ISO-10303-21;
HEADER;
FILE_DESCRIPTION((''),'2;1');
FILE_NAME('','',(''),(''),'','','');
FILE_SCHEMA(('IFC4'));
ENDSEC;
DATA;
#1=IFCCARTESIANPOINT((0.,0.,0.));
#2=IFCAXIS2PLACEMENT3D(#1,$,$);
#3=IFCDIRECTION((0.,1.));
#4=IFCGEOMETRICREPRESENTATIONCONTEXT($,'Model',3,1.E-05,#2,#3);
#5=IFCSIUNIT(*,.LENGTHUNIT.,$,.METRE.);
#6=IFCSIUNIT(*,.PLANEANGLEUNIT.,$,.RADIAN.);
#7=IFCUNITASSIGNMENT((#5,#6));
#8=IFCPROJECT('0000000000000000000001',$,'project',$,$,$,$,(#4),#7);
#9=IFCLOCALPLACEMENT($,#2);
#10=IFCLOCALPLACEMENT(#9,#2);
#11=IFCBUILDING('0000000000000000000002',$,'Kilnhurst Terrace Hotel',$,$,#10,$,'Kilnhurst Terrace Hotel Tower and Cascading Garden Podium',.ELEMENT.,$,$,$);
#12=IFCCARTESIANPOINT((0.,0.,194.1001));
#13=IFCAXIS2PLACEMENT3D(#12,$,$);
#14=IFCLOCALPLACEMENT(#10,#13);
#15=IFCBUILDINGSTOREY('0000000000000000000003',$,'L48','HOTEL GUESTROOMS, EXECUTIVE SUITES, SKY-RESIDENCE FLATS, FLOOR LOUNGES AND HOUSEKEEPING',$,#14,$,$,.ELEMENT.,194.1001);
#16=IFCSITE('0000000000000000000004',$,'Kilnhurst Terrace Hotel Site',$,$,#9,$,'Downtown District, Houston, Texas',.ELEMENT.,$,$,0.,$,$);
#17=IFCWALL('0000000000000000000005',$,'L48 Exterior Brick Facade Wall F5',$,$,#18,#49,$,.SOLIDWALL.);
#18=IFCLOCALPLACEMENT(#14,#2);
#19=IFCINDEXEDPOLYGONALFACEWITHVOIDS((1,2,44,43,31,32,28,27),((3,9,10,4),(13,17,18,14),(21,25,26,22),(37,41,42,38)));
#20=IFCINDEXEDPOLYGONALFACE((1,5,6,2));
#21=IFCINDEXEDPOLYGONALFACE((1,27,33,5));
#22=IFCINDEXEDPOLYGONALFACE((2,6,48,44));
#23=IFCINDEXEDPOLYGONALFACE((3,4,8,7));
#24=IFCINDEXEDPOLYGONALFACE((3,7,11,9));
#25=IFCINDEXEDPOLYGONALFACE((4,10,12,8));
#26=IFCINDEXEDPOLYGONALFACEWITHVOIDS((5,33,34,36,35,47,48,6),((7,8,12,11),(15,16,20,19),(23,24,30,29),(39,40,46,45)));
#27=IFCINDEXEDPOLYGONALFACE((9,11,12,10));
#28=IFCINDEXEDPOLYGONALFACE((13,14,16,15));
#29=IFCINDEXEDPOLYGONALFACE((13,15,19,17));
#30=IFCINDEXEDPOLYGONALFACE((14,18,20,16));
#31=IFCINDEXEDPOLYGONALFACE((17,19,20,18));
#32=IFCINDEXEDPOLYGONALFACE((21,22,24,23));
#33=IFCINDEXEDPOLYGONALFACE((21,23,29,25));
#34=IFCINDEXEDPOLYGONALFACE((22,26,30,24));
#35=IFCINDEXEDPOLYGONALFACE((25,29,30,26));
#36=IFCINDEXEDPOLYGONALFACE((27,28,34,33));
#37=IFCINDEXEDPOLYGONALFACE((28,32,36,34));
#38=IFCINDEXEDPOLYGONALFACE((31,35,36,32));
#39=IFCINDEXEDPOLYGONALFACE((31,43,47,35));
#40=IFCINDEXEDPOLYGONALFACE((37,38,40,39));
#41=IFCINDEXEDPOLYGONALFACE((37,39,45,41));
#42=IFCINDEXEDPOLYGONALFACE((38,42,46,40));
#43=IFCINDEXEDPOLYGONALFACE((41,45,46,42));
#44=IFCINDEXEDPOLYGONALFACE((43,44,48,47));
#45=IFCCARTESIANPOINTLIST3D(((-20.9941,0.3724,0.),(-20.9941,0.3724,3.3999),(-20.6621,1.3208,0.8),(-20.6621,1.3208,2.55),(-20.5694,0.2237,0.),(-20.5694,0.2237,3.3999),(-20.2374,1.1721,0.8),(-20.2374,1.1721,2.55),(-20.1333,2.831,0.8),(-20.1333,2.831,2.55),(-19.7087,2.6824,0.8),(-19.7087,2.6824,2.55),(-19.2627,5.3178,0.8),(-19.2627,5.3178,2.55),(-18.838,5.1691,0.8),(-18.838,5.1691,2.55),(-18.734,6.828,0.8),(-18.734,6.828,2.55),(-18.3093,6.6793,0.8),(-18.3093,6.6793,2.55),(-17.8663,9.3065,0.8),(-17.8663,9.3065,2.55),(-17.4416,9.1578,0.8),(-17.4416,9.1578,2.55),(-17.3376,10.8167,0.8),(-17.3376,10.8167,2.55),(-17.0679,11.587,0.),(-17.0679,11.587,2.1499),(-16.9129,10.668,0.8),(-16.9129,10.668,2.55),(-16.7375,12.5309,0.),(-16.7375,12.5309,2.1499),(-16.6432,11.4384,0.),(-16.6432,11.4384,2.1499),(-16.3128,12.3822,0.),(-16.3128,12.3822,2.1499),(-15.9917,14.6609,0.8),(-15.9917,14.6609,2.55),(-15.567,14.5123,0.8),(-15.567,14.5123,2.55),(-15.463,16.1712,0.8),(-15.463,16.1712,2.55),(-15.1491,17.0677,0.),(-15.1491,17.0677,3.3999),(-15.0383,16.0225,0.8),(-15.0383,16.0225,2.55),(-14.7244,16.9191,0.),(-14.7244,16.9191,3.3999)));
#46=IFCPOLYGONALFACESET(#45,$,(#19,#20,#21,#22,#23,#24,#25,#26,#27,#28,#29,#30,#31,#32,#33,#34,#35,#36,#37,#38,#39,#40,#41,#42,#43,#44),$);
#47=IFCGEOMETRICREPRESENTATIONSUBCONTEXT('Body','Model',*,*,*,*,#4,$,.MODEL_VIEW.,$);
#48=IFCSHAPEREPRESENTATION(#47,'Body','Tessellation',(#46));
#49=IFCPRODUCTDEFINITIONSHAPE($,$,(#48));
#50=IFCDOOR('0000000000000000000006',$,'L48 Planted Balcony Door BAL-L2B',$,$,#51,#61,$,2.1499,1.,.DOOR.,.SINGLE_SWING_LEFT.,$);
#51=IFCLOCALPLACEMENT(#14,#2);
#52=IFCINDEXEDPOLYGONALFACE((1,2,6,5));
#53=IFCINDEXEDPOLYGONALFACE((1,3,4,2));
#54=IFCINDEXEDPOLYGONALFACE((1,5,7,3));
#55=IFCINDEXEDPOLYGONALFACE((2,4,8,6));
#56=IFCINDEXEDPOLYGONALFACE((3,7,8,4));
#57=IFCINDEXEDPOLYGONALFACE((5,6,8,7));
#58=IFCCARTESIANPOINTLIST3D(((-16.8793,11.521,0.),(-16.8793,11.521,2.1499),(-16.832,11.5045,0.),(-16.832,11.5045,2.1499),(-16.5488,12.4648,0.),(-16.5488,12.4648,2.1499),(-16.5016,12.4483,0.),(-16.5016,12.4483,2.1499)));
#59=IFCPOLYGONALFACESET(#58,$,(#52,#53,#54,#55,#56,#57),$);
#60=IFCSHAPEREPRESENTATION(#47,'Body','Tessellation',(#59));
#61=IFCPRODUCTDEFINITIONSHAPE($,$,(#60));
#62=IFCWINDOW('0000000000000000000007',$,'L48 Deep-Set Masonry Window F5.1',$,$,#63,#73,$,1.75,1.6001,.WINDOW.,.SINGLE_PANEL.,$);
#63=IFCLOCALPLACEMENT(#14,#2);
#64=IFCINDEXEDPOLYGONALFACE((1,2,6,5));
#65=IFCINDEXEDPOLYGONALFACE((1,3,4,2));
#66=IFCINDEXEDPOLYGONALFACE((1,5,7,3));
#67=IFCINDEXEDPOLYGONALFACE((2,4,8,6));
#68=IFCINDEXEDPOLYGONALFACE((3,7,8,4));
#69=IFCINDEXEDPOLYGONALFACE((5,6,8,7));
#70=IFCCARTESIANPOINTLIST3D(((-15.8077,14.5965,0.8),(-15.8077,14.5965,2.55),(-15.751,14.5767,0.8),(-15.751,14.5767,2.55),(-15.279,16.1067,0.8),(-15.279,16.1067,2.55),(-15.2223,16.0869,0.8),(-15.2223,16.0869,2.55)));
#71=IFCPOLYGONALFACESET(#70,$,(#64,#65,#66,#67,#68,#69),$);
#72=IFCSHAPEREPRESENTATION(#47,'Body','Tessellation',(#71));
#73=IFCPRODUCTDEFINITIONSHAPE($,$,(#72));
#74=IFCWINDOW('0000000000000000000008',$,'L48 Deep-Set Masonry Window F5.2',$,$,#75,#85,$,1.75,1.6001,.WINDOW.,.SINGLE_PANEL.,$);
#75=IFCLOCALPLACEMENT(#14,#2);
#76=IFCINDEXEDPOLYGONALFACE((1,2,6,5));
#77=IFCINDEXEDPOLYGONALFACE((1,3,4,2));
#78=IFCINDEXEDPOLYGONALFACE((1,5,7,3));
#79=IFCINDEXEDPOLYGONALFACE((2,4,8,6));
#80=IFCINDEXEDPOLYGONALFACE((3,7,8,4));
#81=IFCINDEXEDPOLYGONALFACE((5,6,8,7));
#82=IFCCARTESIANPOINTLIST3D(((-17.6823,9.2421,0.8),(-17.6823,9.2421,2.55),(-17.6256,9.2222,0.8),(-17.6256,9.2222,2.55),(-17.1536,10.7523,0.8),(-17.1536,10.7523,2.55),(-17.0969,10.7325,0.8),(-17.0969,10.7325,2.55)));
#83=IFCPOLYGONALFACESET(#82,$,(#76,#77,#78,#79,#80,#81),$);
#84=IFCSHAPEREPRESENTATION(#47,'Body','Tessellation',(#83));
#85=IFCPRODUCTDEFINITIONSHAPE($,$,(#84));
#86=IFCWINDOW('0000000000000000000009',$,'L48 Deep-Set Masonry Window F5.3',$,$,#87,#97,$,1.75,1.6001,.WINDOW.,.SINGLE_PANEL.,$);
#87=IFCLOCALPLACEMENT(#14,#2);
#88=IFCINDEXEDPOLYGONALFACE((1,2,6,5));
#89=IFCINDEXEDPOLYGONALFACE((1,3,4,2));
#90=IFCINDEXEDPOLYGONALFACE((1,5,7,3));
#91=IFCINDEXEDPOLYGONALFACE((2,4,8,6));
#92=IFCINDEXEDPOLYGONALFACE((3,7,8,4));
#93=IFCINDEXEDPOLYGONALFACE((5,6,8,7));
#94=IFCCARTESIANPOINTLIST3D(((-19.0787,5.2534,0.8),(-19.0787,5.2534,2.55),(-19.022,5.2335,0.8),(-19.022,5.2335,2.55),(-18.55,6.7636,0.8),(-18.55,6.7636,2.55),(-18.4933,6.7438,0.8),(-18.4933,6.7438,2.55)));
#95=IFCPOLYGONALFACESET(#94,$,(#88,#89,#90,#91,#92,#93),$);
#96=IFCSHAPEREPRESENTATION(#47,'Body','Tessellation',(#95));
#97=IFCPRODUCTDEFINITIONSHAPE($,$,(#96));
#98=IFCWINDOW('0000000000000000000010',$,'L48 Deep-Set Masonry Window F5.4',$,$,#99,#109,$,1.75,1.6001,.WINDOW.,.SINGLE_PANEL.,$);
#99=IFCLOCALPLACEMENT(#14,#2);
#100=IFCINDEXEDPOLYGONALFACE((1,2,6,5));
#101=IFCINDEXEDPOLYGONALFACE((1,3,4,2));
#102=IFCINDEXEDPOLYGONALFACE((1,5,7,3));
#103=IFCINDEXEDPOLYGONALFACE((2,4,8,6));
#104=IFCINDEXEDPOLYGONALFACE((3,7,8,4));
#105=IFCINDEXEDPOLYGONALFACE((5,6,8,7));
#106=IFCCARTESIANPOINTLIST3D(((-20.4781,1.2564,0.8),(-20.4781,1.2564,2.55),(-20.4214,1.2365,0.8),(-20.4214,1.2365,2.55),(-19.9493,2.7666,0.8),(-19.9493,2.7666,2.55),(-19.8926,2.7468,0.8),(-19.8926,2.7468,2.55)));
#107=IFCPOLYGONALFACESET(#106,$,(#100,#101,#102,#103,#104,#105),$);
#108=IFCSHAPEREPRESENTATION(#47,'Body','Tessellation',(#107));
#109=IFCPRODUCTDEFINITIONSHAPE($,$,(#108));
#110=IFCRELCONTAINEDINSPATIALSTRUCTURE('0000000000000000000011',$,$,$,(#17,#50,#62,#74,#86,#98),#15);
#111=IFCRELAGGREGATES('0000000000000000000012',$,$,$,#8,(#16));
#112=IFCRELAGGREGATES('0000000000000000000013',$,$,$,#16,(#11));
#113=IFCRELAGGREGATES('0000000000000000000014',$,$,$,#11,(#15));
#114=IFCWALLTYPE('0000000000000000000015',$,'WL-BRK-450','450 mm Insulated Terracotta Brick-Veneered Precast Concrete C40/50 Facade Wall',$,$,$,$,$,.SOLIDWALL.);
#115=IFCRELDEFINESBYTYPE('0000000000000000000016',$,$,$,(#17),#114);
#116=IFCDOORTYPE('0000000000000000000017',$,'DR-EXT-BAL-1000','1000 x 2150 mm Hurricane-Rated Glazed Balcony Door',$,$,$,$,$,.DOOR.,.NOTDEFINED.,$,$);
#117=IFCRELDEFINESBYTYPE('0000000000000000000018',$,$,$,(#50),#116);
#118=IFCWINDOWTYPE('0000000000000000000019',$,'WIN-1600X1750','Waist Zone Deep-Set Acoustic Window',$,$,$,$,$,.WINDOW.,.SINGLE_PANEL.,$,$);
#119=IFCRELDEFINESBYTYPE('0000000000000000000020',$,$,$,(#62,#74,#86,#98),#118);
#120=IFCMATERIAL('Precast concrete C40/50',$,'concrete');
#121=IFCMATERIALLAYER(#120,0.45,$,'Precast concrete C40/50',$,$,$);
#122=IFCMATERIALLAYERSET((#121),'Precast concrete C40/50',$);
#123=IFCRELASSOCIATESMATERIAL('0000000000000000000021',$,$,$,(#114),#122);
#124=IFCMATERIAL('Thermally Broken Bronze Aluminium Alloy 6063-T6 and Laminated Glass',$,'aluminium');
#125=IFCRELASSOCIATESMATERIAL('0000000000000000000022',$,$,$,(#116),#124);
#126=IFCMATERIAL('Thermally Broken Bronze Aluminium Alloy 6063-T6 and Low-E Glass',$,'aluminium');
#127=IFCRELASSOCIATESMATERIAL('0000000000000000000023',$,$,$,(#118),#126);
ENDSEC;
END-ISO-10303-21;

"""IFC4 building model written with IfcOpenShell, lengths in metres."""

from ifc_helpers import new_model, si_unit, direction, frame, frame_2d, origin, place, context, subcontext, project, spatial, rectangle, extrude, material, layer, layer_set, type_object, element, fill, save


model = new_model("IFC4")

# Units and contexts
model_context = context("Model", 3, precision=1e-05, world=origin(), true_north=direction((0.0, 1.0)))
body_context = subcontext(model_context, "Body", "Model", "MODEL_VIEW")
ifc_project = project(units=[si_unit("LENGTHUNIT", "METRE"), si_unit("PLANEANGLEUNIT", "RADIAN")], contexts=[model_context])

# Site, building, storey
site_placement = place(None, origin())
site = spatial("IfcSite", under=ifc_project, at=site_placement, Name="Kilnhurst Terrace Hotel Site", LongName="Downtown District, Houston, Texas", CompositionType="ELEMENT", RefElevation=0.0)
building_placement = place(site_placement, origin())
building = spatial("IfcBuilding", under=site, at=building_placement, Name="Kilnhurst Terrace Hotel", LongName="Kilnhurst Terrace Hotel Tower and Cascading Garden Podium", CompositionType="ELEMENT")
storey_placement = place(building_placement, frame((0.0, 0.0, 194.1001)))
storey = spatial("IfcBuildingStorey", under=building, at=storey_placement, Name="L48", Description="HOTEL GUESTROOMS, EXECUTIVE SUITES, SKY-RESIDENCE FLATS, FLOOR LOUNGES AND HOUSEKEEPING", CompositionType="ELEMENT", Elevation=194.1001)

# Shared definitions
ifc_material_1 = material(Name="Precast concrete C40/50", Category="concrete")
ifc_layer_1 = layer(ifc_material_1, 0.45, Name="Precast concrete C40/50")
ifc_layer_set_1 = layer_set([ifc_layer_1], Name="Precast concrete C40/50")
wall_type_1 = type_object("IfcWallType", Name="WL-BRK-450", Description="450 mm Insulated Terracotta Brick-Veneered Precast Concrete C40/50 Facade Wall", PredefinedType="SOLIDWALL", material=ifc_layer_set_1)

# Wall, openings, door, windows
wall_1_placement = place(storey_placement, frame((-14.9368, 16.9934, 0.0), z_axis=(0.0, 0.0, 1.0), x_axis=(-0.330432, -0.94383, 0.0)))
wall_1 = element("IfcWall", 1, at=wall_1_placement, inside=storey, type_object=wall_type_1, Name="L48 Exterior Brick Facade Wall F5", PredefinedType="SOLIDWALL", context=body_context, shape_type="SweptSolid", body=[
    extrude(rectangle(XDim=17.689, YDim=0.45, at=frame_2d((8.8445, 0.0))), origin(), (0.0, 0.0, 1.0), 3.3999),
])
opening_1_placement = place(wall_1_placement, frame((4.8069, 0.0, 0.0)))
opening_1 = element("IfcOpeningElement", 2, at=opening_1_placement, cuts=wall_1, PredefinedType="OPENING", context=body_context, shape_type="SweptSolid", body=[
    extrude(rectangle(XDim=1.0, YDim=2.1499, at=frame_2d((0.5, 1.075))), frame((0.0, 0.2349, 0.0), z_axis=(0.0, -1.0, 0.0), x_axis=(1.0, 0.0, 0.0)), (0.0, 0.0, 1.0), 0.47),
])
opening_2_placement = place(wall_1_placement, frame((0.95, 0.0, 0.8)))
opening_2 = element("IfcOpeningElement", 3, at=opening_2_placement, cuts=wall_1, PredefinedType="OPENING", context=body_context, shape_type="SweptSolid", body=[
    extrude(rectangle(XDim=1.6001, YDim=1.75, at=frame_2d((0.8, 0.875))), frame((0.0, 0.2349, 0.0), z_axis=(0.0, -1.0, 0.0), x_axis=(1.0, 0.0, 0.0)), (0.0, 0.0, 1.0), 0.47),
])
opening_3_placement = place(wall_1_placement, frame((6.623, 0.0, 0.8)))
opening_3 = element("IfcOpeningElement", 4, at=opening_3_placement, cuts=wall_1, PredefinedType="OPENING", context=body_context, shape_type="SweptSolid", body=[
    extrude(rectangle(XDim=1.6001, YDim=1.75, at=frame_2d((0.8, 0.875))), frame((0.0, 0.2349, 0.0), z_axis=(0.0, -1.0, 0.0), x_axis=(1.0, 0.0, 0.0)), (0.0, 0.0, 1.0), 0.47),
])
opening_4_placement = place(wall_1_placement, frame((10.8491, 0.0, 0.8)))
opening_4 = element("IfcOpeningElement", 5, at=opening_4_placement, cuts=wall_1, PredefinedType="OPENING", context=body_context, shape_type="SweptSolid", body=[
    extrude(rectangle(XDim=1.6001, YDim=1.75, at=frame_2d((0.8, 0.875))), frame((0.0, 0.2349, 0.0), z_axis=(0.0, -1.0, 0.0), x_axis=(1.0, 0.0, 0.0)), (0.0, 0.0, 1.0), 0.47),
])
opening_5_placement = place(wall_1_placement, frame((15.084, 0.0, 0.8)))
opening_5 = element("IfcOpeningElement", 6, at=opening_5_placement, cuts=wall_1, PredefinedType="OPENING", context=body_context, shape_type="SweptSolid", body=[
    extrude(rectangle(XDim=1.6001, YDim=1.75, at=frame_2d((0.8, 0.875))), frame((0.0, 0.2349, 0.0), z_axis=(0.0, -1.0, 0.0), x_axis=(1.0, 0.0, 0.0)), (0.0, 0.0, 1.0), 0.47),
])
ifc_material_2 = material(Name="Thermally Broken Bronze Aluminium Alloy 6063-T6 and Laminated Glass", Category="aluminium")
door_type_1 = type_object("IfcDoorType", Name="DR-EXT-BAL-1000", Description="1000 x 2150 mm Hurricane-Rated Glazed Balcony Door", OperationType="NOTDEFINED", PredefinedType="DOOR", material=ifc_material_2)
door_1_placement = place(opening_1_placement, origin())
door_1 = element("IfcDoor", 7, at=door_1_placement, inside=storey, type_object=door_type_1, Name="L48 Planted Balcony Door BAL-L2B", OperationType="SINGLE_SWING_LEFT", OverallHeight=2.1499, OverallWidth=1.0, PredefinedType="DOOR", context=body_context, shape_type="SweptSolid", body=[
    extrude(rectangle(XDim=1.0, YDim=2.1499, at=frame_2d((0.5, 1.075))), frame((0.0, 0.0249, 0.0), z_axis=(0.0, -1.0, 0.0), x_axis=(1.0, 0.0, 0.0)), (0.0, 0.0, 1.0), 0.05),
])
fill(opening_1, door_1)
ifc_material_3 = material(Name="Thermally Broken Bronze Aluminium Alloy 6063-T6 and Low-E Glass", Category="aluminium")
window_type = type_object("IfcWindowType", Name="WIN-1600X1750", Description="Waist Zone Deep-Set Acoustic Window", PartitioningType="SINGLE_PANEL", PredefinedType="WINDOW", material=ifc_material_3)
window_1_placement = place(opening_2_placement, origin())
window_1 = element("IfcWindow", 8, at=window_1_placement, inside=storey, type_object=window_type, Name="L48 Deep-Set Masonry Window F5.1", OverallHeight=1.75, OverallWidth=1.6001, PartitioningType="SINGLE_PANEL", PredefinedType="WINDOW", context=body_context, shape_type="SweptSolid", body=[
    extrude(rectangle(XDim=1.6001, YDim=1.75, at=frame_2d((0.8, 0.875))), frame((0.0, 0.03, 0.0), z_axis=(0.0, -1.0, 0.0), x_axis=(1.0, 0.0, 0.0)), (0.0, 0.0, 1.0), 0.0601),
])
fill(opening_2, window_1)
window_2_placement = place(opening_3_placement, origin())
window_2 = element("IfcWindow", 9, at=window_2_placement, inside=storey, type_object=window_type, Name="L48 Deep-Set Masonry Window F5.2", OverallHeight=1.75, OverallWidth=1.6001, PartitioningType="SINGLE_PANEL", PredefinedType="WINDOW", context=body_context, shape_type="SweptSolid", body=[
    extrude(rectangle(XDim=1.6001, YDim=1.75, at=frame_2d((0.8, 0.875))), frame((0.0, 0.03, 0.0), z_axis=(0.0, -1.0, 0.0), x_axis=(1.0, 0.0, 0.0)), (0.0, 0.0, 1.0), 0.0601),
])
fill(opening_3, window_2)
window_3_placement = place(opening_4_placement, origin())
window_3 = element("IfcWindow", 10, at=window_3_placement, inside=storey, type_object=window_type, Name="L48 Deep-Set Masonry Window F5.3", OverallHeight=1.75, OverallWidth=1.6001, PartitioningType="SINGLE_PANEL", PredefinedType="WINDOW", context=body_context, shape_type="SweptSolid", body=[
    extrude(rectangle(XDim=1.6001, YDim=1.75, at=frame_2d((0.8, 0.875))), frame((0.0, 0.03, 0.0), z_axis=(0.0, -1.0, 0.0), x_axis=(1.0, 0.0, 0.0)), (0.0, 0.0, 1.0), 0.0601),
])
fill(opening_4, window_3)
window_4_placement = place(opening_5_placement, origin())
window_4 = element("IfcWindow", 11, at=window_4_placement, inside=storey, type_object=window_type, Name="L48 Deep-Set Masonry Window F5.4", OverallHeight=1.75, OverallWidth=1.6001, PartitioningType="SINGLE_PANEL", PredefinedType="WINDOW", context=body_context, shape_type="SweptSolid", body=[
    extrude(rectangle(XDim=1.6001, YDim=1.75, at=frame_2d((0.8, 0.875))), frame((0.0, 0.03, 0.0), z_axis=(0.0, -1.0, 0.0), x_axis=(1.0, 0.0, 0.0)), (0.0, 0.0, 1.0), 0.0601),
])
fill(opening_5, window_4)

save(model, "model.ifc")
